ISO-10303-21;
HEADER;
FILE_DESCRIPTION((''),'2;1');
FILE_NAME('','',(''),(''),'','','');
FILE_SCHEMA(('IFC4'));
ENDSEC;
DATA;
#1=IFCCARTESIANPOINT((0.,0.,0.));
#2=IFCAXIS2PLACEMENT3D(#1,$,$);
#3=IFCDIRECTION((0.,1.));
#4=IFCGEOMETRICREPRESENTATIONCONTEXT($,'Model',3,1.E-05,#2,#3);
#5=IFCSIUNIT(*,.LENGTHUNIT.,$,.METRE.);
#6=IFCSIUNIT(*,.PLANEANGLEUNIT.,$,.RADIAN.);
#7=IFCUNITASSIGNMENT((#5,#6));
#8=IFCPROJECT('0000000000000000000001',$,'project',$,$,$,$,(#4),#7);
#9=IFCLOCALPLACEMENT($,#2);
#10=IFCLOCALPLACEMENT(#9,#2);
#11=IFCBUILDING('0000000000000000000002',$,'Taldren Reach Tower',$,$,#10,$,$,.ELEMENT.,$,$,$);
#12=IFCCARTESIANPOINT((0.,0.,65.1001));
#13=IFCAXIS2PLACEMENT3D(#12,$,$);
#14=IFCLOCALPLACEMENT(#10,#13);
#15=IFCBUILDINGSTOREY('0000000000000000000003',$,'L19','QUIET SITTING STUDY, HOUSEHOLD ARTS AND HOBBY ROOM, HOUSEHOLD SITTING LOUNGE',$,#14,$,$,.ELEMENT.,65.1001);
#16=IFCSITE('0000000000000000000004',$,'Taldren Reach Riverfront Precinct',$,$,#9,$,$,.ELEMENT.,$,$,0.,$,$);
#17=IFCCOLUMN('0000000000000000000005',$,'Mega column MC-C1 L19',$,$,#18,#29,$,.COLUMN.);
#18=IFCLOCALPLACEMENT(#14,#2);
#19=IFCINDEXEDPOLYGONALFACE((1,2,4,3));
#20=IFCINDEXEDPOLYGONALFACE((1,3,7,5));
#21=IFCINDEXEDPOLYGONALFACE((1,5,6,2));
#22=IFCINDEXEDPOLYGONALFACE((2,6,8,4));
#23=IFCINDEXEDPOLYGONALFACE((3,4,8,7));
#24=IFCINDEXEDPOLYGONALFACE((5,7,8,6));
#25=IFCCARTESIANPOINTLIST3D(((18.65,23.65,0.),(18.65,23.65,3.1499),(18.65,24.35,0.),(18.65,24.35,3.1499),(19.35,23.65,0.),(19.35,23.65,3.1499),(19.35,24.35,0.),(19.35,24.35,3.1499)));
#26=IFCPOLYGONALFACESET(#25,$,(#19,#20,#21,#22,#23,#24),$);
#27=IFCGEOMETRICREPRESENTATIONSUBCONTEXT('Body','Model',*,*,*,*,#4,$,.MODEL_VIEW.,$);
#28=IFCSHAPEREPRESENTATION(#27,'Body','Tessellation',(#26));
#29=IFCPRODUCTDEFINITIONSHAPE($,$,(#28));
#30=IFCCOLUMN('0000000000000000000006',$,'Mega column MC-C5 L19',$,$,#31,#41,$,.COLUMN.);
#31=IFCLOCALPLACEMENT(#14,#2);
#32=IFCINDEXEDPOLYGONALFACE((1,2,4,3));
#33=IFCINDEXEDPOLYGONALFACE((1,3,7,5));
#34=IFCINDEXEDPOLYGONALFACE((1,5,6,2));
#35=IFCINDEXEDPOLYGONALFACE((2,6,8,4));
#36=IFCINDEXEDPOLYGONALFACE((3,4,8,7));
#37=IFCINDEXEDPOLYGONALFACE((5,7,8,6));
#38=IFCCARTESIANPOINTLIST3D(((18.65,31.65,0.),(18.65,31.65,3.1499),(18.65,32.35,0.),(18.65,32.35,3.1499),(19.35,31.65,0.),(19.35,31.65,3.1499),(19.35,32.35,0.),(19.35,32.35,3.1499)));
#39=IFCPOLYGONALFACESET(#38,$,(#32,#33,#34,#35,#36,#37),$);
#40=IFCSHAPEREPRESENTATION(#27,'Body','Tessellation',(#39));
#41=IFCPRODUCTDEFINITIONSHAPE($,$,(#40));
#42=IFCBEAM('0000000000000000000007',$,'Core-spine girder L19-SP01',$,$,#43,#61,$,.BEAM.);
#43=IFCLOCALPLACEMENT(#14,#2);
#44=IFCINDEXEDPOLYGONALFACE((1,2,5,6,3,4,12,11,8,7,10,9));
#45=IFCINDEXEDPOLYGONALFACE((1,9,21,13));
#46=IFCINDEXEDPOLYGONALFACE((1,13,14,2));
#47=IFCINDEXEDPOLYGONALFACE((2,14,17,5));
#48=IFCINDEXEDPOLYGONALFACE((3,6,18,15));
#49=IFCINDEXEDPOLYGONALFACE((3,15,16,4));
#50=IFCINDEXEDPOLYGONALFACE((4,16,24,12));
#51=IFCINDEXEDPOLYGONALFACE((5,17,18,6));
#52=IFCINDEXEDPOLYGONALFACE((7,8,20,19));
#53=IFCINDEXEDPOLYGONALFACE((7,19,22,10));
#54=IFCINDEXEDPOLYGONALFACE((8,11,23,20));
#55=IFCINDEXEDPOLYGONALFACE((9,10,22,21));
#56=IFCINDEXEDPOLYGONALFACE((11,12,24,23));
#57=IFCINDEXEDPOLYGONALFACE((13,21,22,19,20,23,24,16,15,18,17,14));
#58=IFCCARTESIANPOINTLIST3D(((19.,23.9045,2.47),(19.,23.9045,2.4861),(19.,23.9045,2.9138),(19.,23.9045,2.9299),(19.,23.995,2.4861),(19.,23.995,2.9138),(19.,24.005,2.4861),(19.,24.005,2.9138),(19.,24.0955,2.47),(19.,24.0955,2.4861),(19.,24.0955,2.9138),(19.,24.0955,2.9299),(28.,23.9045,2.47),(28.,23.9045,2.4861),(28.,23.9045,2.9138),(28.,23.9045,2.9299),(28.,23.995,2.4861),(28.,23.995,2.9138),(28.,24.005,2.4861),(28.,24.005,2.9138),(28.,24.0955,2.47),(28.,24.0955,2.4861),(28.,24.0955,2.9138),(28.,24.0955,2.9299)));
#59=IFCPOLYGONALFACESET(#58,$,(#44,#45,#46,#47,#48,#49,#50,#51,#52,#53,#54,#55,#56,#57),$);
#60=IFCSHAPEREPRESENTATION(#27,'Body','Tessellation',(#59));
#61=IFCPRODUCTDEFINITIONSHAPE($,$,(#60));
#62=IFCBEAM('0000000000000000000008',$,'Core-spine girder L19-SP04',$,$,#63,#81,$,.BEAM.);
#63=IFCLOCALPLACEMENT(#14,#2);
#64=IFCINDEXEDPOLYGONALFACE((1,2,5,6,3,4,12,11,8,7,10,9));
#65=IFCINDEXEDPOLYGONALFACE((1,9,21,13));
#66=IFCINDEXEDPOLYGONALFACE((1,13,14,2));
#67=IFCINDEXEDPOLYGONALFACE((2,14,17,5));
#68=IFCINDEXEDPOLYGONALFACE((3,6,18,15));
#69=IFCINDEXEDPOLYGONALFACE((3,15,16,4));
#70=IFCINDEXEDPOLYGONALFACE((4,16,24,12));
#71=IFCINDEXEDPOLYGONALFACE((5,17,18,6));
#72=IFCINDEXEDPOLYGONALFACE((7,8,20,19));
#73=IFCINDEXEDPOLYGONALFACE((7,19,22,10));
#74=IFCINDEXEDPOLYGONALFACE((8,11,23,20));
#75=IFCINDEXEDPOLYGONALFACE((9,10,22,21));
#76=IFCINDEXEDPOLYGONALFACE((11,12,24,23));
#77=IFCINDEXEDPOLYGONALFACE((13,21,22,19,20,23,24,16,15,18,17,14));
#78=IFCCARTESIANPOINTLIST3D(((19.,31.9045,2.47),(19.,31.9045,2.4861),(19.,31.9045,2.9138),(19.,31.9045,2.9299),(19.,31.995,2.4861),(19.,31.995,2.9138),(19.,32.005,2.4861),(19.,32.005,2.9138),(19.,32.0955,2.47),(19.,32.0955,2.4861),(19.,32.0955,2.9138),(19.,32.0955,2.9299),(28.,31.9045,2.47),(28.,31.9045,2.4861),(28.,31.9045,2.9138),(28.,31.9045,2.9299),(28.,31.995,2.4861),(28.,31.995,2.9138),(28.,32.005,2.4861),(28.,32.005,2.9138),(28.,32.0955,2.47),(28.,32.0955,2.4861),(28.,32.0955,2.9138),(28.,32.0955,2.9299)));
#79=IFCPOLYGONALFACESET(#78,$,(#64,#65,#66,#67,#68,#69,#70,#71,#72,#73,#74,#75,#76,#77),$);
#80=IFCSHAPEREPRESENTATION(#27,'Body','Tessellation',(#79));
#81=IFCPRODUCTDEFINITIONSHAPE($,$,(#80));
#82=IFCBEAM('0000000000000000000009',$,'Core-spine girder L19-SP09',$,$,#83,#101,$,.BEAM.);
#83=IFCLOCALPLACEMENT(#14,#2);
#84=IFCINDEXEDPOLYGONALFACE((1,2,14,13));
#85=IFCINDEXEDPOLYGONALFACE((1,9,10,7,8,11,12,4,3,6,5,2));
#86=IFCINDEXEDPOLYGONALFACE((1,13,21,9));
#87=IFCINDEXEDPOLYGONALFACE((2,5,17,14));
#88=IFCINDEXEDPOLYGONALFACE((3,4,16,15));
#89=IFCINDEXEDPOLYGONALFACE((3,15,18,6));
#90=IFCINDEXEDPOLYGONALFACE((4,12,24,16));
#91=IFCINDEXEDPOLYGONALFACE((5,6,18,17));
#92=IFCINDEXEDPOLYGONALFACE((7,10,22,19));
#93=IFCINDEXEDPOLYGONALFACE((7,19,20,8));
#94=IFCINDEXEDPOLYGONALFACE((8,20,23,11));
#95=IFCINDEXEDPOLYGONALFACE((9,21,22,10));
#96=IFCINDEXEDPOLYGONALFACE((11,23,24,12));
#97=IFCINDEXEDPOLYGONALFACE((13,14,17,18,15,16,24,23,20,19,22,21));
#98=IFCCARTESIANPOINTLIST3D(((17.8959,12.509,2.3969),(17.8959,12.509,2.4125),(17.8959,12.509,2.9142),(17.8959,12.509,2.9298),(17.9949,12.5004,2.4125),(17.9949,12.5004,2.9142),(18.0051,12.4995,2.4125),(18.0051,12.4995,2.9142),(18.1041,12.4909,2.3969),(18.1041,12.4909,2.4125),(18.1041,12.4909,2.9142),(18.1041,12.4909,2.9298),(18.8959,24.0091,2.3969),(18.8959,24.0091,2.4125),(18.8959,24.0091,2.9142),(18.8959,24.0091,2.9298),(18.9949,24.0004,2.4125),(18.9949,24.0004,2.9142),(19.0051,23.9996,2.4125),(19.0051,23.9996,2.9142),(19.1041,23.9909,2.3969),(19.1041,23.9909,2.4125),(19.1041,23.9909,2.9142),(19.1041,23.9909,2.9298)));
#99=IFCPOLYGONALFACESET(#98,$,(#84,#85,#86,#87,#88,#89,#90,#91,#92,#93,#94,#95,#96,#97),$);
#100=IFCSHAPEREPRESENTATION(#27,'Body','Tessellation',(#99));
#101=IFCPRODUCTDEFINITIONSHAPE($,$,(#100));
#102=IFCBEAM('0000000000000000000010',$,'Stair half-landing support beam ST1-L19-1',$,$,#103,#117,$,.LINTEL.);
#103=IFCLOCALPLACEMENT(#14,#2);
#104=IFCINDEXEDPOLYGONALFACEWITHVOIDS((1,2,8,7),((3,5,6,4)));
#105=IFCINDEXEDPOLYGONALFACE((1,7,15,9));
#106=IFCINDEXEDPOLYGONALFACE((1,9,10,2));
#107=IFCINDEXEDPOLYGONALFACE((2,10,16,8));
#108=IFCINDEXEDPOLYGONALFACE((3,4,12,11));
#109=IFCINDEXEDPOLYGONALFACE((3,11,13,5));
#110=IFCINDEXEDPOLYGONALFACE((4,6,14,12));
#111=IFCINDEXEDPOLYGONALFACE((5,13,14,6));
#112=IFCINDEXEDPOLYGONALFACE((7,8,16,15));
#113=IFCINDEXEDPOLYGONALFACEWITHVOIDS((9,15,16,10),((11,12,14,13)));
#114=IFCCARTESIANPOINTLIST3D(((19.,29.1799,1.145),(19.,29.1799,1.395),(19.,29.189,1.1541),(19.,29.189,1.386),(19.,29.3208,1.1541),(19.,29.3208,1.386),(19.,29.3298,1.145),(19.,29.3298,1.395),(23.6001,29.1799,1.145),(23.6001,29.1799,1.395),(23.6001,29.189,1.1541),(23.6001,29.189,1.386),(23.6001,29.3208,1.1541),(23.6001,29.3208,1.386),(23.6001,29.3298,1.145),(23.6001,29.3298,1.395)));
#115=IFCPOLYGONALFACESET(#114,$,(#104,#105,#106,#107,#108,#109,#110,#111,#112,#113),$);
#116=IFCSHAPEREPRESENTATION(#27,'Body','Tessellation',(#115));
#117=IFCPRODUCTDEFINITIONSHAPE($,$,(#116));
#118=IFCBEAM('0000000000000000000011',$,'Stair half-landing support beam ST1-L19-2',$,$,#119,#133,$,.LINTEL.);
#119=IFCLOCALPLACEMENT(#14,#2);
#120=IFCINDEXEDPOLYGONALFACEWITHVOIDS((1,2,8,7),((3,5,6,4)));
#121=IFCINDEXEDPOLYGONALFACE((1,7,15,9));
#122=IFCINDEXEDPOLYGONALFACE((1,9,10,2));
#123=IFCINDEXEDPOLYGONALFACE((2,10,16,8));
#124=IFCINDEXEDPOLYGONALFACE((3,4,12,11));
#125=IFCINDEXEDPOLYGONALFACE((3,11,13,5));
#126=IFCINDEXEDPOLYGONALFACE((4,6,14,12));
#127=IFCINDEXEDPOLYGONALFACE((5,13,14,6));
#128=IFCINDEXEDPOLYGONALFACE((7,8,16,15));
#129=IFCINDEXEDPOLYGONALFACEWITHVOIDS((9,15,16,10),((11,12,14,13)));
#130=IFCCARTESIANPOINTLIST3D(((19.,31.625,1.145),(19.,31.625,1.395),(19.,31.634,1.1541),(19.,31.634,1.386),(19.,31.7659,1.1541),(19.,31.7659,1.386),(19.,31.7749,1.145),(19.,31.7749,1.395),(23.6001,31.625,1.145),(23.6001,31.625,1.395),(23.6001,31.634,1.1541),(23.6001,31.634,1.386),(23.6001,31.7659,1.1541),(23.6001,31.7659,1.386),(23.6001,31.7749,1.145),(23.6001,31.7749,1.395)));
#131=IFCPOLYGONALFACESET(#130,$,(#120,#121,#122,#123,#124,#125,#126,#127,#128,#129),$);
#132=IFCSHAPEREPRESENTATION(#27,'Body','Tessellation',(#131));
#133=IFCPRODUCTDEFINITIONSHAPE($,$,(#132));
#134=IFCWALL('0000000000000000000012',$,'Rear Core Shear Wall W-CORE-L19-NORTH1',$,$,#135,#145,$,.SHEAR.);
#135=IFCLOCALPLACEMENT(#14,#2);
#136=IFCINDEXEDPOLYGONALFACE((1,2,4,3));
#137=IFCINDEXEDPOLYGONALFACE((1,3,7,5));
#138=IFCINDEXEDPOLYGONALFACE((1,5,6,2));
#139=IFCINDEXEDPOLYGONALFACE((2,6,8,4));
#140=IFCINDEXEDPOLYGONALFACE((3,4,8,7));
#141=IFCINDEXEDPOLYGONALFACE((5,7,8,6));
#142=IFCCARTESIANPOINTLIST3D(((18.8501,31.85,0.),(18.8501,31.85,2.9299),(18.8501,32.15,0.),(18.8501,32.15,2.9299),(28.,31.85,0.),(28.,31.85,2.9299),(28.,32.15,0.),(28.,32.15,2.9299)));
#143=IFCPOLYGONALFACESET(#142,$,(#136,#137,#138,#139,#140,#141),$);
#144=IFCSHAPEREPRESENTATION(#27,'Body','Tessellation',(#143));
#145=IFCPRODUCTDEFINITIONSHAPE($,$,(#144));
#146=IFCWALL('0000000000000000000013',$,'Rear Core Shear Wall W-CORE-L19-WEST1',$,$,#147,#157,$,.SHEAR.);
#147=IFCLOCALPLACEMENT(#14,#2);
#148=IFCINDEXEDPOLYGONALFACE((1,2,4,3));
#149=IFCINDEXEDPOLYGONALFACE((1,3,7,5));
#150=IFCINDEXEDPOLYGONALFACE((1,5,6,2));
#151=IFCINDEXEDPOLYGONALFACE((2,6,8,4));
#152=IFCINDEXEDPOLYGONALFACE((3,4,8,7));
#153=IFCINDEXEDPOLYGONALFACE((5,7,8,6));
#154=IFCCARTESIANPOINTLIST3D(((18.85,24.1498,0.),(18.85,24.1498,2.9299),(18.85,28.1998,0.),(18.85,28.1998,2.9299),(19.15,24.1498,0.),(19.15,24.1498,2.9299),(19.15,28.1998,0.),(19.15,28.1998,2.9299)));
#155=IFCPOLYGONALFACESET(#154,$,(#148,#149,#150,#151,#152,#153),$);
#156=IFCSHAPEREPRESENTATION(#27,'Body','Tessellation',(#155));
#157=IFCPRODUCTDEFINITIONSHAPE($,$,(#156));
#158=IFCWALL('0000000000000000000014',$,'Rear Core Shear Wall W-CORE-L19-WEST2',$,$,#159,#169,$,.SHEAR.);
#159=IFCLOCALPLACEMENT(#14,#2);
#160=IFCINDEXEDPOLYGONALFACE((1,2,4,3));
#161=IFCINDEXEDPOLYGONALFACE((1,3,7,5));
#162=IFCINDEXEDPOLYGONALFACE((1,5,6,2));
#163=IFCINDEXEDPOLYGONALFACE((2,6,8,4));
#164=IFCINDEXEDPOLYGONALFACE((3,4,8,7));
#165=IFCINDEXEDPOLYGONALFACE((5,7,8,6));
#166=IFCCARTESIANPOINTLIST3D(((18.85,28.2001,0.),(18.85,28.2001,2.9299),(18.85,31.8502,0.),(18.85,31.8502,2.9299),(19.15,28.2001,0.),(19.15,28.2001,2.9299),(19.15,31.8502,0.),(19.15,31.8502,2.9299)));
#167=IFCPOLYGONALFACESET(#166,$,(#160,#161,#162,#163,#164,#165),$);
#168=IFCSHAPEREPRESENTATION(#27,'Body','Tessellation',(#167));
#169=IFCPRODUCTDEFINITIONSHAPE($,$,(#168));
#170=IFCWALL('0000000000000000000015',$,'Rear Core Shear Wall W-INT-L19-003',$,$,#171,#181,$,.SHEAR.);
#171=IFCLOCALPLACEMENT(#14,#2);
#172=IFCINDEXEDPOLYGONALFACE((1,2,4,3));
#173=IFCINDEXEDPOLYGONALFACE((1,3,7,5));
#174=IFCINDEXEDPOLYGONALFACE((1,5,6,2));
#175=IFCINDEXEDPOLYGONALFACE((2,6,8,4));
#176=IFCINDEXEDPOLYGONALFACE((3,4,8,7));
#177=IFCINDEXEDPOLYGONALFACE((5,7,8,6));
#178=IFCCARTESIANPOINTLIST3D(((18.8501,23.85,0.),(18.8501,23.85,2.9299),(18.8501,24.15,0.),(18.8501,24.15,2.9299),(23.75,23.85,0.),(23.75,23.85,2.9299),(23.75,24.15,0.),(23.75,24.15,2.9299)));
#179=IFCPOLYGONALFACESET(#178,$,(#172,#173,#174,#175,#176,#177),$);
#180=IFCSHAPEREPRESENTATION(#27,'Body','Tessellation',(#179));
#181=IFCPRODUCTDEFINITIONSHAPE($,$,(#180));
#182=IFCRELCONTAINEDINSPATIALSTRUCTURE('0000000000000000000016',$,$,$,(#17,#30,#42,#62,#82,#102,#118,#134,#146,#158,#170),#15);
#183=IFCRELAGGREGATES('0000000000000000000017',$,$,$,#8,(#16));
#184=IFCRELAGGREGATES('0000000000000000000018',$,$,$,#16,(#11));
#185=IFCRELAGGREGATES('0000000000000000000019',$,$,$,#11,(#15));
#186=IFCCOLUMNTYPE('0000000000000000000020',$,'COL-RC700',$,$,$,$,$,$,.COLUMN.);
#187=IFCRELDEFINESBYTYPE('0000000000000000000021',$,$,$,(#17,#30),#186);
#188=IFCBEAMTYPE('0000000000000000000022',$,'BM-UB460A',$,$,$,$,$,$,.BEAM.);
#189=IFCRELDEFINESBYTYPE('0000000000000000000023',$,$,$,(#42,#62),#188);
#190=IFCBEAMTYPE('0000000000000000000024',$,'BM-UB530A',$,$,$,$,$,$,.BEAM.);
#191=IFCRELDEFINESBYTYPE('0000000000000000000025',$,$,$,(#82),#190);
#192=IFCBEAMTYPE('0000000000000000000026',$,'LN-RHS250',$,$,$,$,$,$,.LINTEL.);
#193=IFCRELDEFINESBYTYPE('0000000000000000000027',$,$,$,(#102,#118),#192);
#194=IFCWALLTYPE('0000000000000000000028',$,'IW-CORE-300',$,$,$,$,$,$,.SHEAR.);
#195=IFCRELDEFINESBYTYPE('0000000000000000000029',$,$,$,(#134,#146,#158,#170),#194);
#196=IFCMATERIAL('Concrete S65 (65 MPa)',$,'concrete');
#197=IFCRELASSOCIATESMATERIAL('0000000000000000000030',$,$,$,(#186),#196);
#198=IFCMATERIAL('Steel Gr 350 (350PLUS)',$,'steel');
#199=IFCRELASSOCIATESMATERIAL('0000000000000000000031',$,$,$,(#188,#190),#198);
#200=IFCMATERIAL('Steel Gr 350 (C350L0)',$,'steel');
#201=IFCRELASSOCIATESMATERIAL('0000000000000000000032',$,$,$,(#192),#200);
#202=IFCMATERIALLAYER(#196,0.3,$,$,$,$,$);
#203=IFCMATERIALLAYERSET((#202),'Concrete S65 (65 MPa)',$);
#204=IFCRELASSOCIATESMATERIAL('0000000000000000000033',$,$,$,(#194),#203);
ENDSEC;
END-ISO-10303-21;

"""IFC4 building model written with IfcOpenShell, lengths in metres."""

from ifc_helpers import new_model, si_unit, direction, frame, frame_2d, origin, origin_2d, place, context, subcontext, project, spatial, rectangle, hollow_rectangle, i_section, extrude, source, transform, mapped, material, layer, layer_set, material_profile, profile_set, type_object, element, save


model = new_model("IFC4")

# Units and contexts
model_context = context("Model", 3, precision=1e-05, world=origin(), true_north=direction((0.0, 1.0)))
body_context = subcontext(model_context, "Body", "Model", "MODEL_VIEW")
ifc_project = project(units=[si_unit("LENGTHUNIT", "METRE"), si_unit("PLANEANGLEUNIT", "RADIAN")], contexts=[model_context])

# Site, building, storey
site_placement = place(None, origin())
site = spatial("IfcSite", under=ifc_project, at=site_placement, Name="Taldren Reach Riverfront Precinct", CompositionType="ELEMENT", RefElevation=0.0)
building_placement = place(site_placement, origin())
building = spatial("IfcBuilding", under=site, at=building_placement, Name="Taldren Reach Tower", CompositionType="ELEMENT")
storey_placement = place(building_placement, frame((0.0, 0.0, 65.1001)))
storey = spatial("IfcBuildingStorey", under=building, at=storey_placement, Name="L19", Description="QUIET SITTING STUDY, HOUSEHOLD ARTS AND HOBBY ROOM, HOUSEHOLD SITTING LOUNGE", CompositionType="ELEMENT", Elevation=65.1001)

# Columns
ifc_material_1 = material(Name="Concrete S65 (65 MPa)", Category="concrete")
ifc_material_profile_1 = material_profile(ifc_material_1, rectangle(XDim=0.7, YDim=0.7, at=origin_2d()), Name="RC-700x700")
ifc_profile_set_1 = profile_set([ifc_material_profile_1], Name="Concrete S65 (65 MPa)")
column_type = type_object("IfcColumnType", Name="COL-RC700", PredefinedType="COLUMN", material=ifc_profile_set_1)
shared_shape_1 = source(origin(), body_context, "Body", "SweptSolid", [
    extrude(rectangle(XDim=0.7, YDim=0.7, at=origin_2d()), origin(), (0.0, 0.0, 1.0), 3.1499),
])
for number, where, z_axis, x_axis, name in (
    (1, (19.0, 24.0, 0.0), (0.0, 0.0, 1.0), (1.0, 0.0, 0.0), "Mega column MC-C1 L19"),
    (2, (19.0, 32.0, 0.0), (0.0, 0.0, 1.0), (1.0, 0.0, 0.0), "Mega column MC-C5 L19"),
):
    element("IfcColumn", number, at=place(storey_placement, frame(where, z_axis=z_axis, x_axis=x_axis)), inside=storey, type_object=column_type, Name=name, PredefinedType="COLUMN", context=body_context, shape_type="MappedRepresentation", body=[
        mapped(shared_shape_1, transform((0.0, 0.0, 0.0), scale=1.0)),
    ])

# Beams
ifc_material_2 = material(Name="Steel Gr 350 (350PLUS)", Category="steel")
ifc_material_profile_2 = material_profile(ifc_material_2, i_section(OverallWidth=0.1909, OverallDepth=0.46, WebThickness=0.01, FlangeThickness=0.0161, at=origin_2d()), Name="460UB82.1")
ifc_profile_set_2 = profile_set([ifc_material_profile_2], Name="Steel Gr 350 (350PLUS)")
beam_type_1 = type_object("IfcBeamType", Name="BM-UB460A", PredefinedType="BEAM", material=ifc_profile_set_2)
shared_shape_2 = source(origin(), body_context, "Body", "SweptSolid", [
    extrude(i_section(OverallWidth=0.1909, OverallDepth=0.46, WebThickness=0.01, FlangeThickness=0.0161, at=origin_2d()), origin(), (0.0, 0.0, 1.0), 9.0),
])
for number, where, z_axis, x_axis, name in (
    (3, (19.0, 24.0, 2.7), (1.0, 0.0, 0.0), (0.0, 1.0, 0.0), "Core-spine girder L19-SP01"),
    (4, (19.0, 32.0, 2.7), (1.0, 0.0, 0.0), (0.0, 1.0, 0.0), "Core-spine girder L19-SP04"),
):
    element("IfcBeam", number, at=place(storey_placement, frame(where, z_axis=z_axis, x_axis=x_axis)), inside=storey, type_object=beam_type_1, Name=name, PredefinedType="BEAM", context=body_context, shape_type="MappedRepresentation", body=[
        mapped(shared_shape_2, transform((0.0, 0.0, 0.0), scale=1.0)),
    ])
ifc_material_profile_3 = material_profile(ifc_material_2, i_section(OverallWidth=0.209, OverallDepth=0.533, WebThickness=0.0103, FlangeThickness=0.0156, at=origin_2d()), Name="530UB92.4")
ifc_profile_set_3 = profile_set([ifc_material_profile_3], Name="Steel Gr 350 (350PLUS)")
beam_type_2 = type_object("IfcBeamType", Name="BM-UB530A", PredefinedType="BEAM", material=ifc_profile_set_3)
shared_shape_3 = source(origin(), body_context, "Body", "SweptSolid", [
    extrude(i_section(OverallWidth=0.209, OverallDepth=0.533, WebThickness=0.0103, FlangeThickness=0.0156, at=origin_2d()), origin(), (0.0, 0.0, 1.0), 11.5435),
])
beam_placement = place(storey_placement, frame((19.0, 24.0, 2.6633), z_axis=(-0.08663, -0.996241, 0.0), x_axis=(0.996241, -0.08663, 0.0)))
element("IfcBeam", 5, at=beam_placement, inside=storey, type_object=beam_type_2, Name="Core-spine girder L19-SP09", PredefinedType="BEAM", context=body_context, shape_type="MappedRepresentation", body=[
    mapped(shared_shape_3, transform((0.0, 0.0, 0.0), scale=1.0)),
])
ifc_material_3 = material(Name="Steel Gr 350 (C350L0)", Category="steel")
ifc_material_profile_4 = material_profile(ifc_material_3, hollow_rectangle(XDim=0.1499, YDim=0.25, WallThickness=0.009, at=origin_2d()), Name="250x150x9.0RHS")
ifc_profile_set_4 = profile_set([ifc_material_profile_4], Name="Steel Gr 350 (C350L0)")
beam_type_3 = type_object("IfcBeamType", Name="LN-RHS250", PredefinedType="LINTEL", material=ifc_profile_set_4)
shared_shape_4 = source(origin(), body_context, "Body", "SweptSolid", [
    extrude(hollow_rectangle(XDim=0.1499, YDim=0.25, WallThickness=0.009, at=origin_2d()), origin(), (0.0, 0.0, 1.0), 4.6001),
])
for number, where, z_axis, x_axis, name in (
    (6, (19.0, 29.2549, 1.27), (1.0, 0.0, 0.0), (0.0, 1.0, 0.0), "Stair half-landing support beam ST1-L19-1"),
    (7, (19.0, 31.7, 1.27), (1.0, 0.0, 0.0), (0.0, 1.0, 0.0), "Stair half-landing support beam ST1-L19-2"),
):
    element("IfcBeam", number, at=place(storey_placement, frame(where, z_axis=z_axis, x_axis=x_axis)), inside=storey, type_object=beam_type_3, Name=name, PredefinedType="LINTEL", context=body_context, shape_type="MappedRepresentation", body=[
        mapped(shared_shape_4, transform((0.0, 0.0, 0.0), scale=1.0)),
    ])

# Walls
ifc_layer_1 = layer(ifc_material_1, 0.3)
ifc_layer_set_1 = layer_set([ifc_layer_1], Name="Concrete S65 (65 MPa)")
wall_type_1 = type_object("IfcWallType", Name="IW-CORE-300", PredefinedType="SHEAR", material=ifc_layer_set_1)
shared_shape_5 = source(origin(), body_context, "Body", "SweptSolid", [
    extrude(rectangle(XDim=9.1499, YDim=0.3, at=frame_2d((4.575, 0.0))), origin(), (0.0, 0.0, 1.0), 2.9299),
])
wall_1_placement = place(storey_placement, frame((18.8501, 32.0, 0.0), z_axis=(0.0, 0.0, 1.0), x_axis=(1.0, 0.0, 0.0)))
element("IfcWall", 8, at=wall_1_placement, inside=storey, type_object=wall_type_1, Name="Rear Core Shear Wall W-CORE-L19-NORTH1", PredefinedType="SHEAR", context=body_context, shape_type="MappedRepresentation", body=[
    mapped(shared_shape_5, transform((0.0, 0.0, 0.0), scale=1.0)),
])
shared_shape_6 = source(origin(), body_context, "Body", "SweptSolid", [
    extrude(rectangle(XDim=4.05, YDim=0.3, at=frame_2d((2.0249, 0.0))), origin(), (0.0, 0.0, 1.0), 2.9299),
])
wall_2_placement = place(storey_placement, frame((19.0, 24.1499, 0.0), z_axis=(0.0, 0.0, 1.0), x_axis=(0.0, 1.0, 0.0)))
element("IfcWall", 9, at=wall_2_placement, inside=storey, type_object=wall_type_1, Name="Rear Core Shear Wall W-CORE-L19-WEST1", PredefinedType="SHEAR", context=body_context, shape_type="MappedRepresentation", body=[
    mapped(shared_shape_6, transform((0.0, 0.0, 0.0), scale=1.0)),
])
shared_shape_7 = source(origin(), body_context, "Body", "SweptSolid", [
    extrude(rectangle(XDim=3.6501, YDim=0.3, at=frame_2d((1.8252, 0.0))), origin(), (0.0, 0.0, 1.0), 2.9299),
])
wall_3_placement = place(storey_placement, frame((19.0, 28.2, 0.0), z_axis=(0.0, 0.0, 1.0), x_axis=(0.0, 1.0, 0.0)))
element("IfcWall", 10, at=wall_3_placement, inside=storey, type_object=wall_type_1, Name="Rear Core Shear Wall W-CORE-L19-WEST2", PredefinedType="SHEAR", context=body_context, shape_type="MappedRepresentation", body=[
    mapped(shared_shape_7, transform((0.0, 0.0, 0.0), scale=1.0)),
])
shared_shape_8 = source(origin(), body_context, "Body", "SweptSolid", [
    extrude(rectangle(XDim=4.8999, YDim=0.3, at=frame_2d((2.45, 0.0))), origin(), (0.0, 0.0, 1.0), 2.9299),
])
wall_4_placement = place(storey_placement, frame((18.8501, 24.0, 0.0), z_axis=(0.0, 0.0, 1.0), x_axis=(1.0, 0.0, 0.0)))
element("IfcWall", 11, at=wall_4_placement, inside=storey, type_object=wall_type_1, Name="Rear Core Shear Wall W-INT-L19-003", PredefinedType="SHEAR", context=body_context, shape_type="MappedRepresentation", body=[
    mapped(shared_shape_8, transform((0.0, 0.0, 0.0), scale=1.0)),
])

save(model, "model.ifc")
